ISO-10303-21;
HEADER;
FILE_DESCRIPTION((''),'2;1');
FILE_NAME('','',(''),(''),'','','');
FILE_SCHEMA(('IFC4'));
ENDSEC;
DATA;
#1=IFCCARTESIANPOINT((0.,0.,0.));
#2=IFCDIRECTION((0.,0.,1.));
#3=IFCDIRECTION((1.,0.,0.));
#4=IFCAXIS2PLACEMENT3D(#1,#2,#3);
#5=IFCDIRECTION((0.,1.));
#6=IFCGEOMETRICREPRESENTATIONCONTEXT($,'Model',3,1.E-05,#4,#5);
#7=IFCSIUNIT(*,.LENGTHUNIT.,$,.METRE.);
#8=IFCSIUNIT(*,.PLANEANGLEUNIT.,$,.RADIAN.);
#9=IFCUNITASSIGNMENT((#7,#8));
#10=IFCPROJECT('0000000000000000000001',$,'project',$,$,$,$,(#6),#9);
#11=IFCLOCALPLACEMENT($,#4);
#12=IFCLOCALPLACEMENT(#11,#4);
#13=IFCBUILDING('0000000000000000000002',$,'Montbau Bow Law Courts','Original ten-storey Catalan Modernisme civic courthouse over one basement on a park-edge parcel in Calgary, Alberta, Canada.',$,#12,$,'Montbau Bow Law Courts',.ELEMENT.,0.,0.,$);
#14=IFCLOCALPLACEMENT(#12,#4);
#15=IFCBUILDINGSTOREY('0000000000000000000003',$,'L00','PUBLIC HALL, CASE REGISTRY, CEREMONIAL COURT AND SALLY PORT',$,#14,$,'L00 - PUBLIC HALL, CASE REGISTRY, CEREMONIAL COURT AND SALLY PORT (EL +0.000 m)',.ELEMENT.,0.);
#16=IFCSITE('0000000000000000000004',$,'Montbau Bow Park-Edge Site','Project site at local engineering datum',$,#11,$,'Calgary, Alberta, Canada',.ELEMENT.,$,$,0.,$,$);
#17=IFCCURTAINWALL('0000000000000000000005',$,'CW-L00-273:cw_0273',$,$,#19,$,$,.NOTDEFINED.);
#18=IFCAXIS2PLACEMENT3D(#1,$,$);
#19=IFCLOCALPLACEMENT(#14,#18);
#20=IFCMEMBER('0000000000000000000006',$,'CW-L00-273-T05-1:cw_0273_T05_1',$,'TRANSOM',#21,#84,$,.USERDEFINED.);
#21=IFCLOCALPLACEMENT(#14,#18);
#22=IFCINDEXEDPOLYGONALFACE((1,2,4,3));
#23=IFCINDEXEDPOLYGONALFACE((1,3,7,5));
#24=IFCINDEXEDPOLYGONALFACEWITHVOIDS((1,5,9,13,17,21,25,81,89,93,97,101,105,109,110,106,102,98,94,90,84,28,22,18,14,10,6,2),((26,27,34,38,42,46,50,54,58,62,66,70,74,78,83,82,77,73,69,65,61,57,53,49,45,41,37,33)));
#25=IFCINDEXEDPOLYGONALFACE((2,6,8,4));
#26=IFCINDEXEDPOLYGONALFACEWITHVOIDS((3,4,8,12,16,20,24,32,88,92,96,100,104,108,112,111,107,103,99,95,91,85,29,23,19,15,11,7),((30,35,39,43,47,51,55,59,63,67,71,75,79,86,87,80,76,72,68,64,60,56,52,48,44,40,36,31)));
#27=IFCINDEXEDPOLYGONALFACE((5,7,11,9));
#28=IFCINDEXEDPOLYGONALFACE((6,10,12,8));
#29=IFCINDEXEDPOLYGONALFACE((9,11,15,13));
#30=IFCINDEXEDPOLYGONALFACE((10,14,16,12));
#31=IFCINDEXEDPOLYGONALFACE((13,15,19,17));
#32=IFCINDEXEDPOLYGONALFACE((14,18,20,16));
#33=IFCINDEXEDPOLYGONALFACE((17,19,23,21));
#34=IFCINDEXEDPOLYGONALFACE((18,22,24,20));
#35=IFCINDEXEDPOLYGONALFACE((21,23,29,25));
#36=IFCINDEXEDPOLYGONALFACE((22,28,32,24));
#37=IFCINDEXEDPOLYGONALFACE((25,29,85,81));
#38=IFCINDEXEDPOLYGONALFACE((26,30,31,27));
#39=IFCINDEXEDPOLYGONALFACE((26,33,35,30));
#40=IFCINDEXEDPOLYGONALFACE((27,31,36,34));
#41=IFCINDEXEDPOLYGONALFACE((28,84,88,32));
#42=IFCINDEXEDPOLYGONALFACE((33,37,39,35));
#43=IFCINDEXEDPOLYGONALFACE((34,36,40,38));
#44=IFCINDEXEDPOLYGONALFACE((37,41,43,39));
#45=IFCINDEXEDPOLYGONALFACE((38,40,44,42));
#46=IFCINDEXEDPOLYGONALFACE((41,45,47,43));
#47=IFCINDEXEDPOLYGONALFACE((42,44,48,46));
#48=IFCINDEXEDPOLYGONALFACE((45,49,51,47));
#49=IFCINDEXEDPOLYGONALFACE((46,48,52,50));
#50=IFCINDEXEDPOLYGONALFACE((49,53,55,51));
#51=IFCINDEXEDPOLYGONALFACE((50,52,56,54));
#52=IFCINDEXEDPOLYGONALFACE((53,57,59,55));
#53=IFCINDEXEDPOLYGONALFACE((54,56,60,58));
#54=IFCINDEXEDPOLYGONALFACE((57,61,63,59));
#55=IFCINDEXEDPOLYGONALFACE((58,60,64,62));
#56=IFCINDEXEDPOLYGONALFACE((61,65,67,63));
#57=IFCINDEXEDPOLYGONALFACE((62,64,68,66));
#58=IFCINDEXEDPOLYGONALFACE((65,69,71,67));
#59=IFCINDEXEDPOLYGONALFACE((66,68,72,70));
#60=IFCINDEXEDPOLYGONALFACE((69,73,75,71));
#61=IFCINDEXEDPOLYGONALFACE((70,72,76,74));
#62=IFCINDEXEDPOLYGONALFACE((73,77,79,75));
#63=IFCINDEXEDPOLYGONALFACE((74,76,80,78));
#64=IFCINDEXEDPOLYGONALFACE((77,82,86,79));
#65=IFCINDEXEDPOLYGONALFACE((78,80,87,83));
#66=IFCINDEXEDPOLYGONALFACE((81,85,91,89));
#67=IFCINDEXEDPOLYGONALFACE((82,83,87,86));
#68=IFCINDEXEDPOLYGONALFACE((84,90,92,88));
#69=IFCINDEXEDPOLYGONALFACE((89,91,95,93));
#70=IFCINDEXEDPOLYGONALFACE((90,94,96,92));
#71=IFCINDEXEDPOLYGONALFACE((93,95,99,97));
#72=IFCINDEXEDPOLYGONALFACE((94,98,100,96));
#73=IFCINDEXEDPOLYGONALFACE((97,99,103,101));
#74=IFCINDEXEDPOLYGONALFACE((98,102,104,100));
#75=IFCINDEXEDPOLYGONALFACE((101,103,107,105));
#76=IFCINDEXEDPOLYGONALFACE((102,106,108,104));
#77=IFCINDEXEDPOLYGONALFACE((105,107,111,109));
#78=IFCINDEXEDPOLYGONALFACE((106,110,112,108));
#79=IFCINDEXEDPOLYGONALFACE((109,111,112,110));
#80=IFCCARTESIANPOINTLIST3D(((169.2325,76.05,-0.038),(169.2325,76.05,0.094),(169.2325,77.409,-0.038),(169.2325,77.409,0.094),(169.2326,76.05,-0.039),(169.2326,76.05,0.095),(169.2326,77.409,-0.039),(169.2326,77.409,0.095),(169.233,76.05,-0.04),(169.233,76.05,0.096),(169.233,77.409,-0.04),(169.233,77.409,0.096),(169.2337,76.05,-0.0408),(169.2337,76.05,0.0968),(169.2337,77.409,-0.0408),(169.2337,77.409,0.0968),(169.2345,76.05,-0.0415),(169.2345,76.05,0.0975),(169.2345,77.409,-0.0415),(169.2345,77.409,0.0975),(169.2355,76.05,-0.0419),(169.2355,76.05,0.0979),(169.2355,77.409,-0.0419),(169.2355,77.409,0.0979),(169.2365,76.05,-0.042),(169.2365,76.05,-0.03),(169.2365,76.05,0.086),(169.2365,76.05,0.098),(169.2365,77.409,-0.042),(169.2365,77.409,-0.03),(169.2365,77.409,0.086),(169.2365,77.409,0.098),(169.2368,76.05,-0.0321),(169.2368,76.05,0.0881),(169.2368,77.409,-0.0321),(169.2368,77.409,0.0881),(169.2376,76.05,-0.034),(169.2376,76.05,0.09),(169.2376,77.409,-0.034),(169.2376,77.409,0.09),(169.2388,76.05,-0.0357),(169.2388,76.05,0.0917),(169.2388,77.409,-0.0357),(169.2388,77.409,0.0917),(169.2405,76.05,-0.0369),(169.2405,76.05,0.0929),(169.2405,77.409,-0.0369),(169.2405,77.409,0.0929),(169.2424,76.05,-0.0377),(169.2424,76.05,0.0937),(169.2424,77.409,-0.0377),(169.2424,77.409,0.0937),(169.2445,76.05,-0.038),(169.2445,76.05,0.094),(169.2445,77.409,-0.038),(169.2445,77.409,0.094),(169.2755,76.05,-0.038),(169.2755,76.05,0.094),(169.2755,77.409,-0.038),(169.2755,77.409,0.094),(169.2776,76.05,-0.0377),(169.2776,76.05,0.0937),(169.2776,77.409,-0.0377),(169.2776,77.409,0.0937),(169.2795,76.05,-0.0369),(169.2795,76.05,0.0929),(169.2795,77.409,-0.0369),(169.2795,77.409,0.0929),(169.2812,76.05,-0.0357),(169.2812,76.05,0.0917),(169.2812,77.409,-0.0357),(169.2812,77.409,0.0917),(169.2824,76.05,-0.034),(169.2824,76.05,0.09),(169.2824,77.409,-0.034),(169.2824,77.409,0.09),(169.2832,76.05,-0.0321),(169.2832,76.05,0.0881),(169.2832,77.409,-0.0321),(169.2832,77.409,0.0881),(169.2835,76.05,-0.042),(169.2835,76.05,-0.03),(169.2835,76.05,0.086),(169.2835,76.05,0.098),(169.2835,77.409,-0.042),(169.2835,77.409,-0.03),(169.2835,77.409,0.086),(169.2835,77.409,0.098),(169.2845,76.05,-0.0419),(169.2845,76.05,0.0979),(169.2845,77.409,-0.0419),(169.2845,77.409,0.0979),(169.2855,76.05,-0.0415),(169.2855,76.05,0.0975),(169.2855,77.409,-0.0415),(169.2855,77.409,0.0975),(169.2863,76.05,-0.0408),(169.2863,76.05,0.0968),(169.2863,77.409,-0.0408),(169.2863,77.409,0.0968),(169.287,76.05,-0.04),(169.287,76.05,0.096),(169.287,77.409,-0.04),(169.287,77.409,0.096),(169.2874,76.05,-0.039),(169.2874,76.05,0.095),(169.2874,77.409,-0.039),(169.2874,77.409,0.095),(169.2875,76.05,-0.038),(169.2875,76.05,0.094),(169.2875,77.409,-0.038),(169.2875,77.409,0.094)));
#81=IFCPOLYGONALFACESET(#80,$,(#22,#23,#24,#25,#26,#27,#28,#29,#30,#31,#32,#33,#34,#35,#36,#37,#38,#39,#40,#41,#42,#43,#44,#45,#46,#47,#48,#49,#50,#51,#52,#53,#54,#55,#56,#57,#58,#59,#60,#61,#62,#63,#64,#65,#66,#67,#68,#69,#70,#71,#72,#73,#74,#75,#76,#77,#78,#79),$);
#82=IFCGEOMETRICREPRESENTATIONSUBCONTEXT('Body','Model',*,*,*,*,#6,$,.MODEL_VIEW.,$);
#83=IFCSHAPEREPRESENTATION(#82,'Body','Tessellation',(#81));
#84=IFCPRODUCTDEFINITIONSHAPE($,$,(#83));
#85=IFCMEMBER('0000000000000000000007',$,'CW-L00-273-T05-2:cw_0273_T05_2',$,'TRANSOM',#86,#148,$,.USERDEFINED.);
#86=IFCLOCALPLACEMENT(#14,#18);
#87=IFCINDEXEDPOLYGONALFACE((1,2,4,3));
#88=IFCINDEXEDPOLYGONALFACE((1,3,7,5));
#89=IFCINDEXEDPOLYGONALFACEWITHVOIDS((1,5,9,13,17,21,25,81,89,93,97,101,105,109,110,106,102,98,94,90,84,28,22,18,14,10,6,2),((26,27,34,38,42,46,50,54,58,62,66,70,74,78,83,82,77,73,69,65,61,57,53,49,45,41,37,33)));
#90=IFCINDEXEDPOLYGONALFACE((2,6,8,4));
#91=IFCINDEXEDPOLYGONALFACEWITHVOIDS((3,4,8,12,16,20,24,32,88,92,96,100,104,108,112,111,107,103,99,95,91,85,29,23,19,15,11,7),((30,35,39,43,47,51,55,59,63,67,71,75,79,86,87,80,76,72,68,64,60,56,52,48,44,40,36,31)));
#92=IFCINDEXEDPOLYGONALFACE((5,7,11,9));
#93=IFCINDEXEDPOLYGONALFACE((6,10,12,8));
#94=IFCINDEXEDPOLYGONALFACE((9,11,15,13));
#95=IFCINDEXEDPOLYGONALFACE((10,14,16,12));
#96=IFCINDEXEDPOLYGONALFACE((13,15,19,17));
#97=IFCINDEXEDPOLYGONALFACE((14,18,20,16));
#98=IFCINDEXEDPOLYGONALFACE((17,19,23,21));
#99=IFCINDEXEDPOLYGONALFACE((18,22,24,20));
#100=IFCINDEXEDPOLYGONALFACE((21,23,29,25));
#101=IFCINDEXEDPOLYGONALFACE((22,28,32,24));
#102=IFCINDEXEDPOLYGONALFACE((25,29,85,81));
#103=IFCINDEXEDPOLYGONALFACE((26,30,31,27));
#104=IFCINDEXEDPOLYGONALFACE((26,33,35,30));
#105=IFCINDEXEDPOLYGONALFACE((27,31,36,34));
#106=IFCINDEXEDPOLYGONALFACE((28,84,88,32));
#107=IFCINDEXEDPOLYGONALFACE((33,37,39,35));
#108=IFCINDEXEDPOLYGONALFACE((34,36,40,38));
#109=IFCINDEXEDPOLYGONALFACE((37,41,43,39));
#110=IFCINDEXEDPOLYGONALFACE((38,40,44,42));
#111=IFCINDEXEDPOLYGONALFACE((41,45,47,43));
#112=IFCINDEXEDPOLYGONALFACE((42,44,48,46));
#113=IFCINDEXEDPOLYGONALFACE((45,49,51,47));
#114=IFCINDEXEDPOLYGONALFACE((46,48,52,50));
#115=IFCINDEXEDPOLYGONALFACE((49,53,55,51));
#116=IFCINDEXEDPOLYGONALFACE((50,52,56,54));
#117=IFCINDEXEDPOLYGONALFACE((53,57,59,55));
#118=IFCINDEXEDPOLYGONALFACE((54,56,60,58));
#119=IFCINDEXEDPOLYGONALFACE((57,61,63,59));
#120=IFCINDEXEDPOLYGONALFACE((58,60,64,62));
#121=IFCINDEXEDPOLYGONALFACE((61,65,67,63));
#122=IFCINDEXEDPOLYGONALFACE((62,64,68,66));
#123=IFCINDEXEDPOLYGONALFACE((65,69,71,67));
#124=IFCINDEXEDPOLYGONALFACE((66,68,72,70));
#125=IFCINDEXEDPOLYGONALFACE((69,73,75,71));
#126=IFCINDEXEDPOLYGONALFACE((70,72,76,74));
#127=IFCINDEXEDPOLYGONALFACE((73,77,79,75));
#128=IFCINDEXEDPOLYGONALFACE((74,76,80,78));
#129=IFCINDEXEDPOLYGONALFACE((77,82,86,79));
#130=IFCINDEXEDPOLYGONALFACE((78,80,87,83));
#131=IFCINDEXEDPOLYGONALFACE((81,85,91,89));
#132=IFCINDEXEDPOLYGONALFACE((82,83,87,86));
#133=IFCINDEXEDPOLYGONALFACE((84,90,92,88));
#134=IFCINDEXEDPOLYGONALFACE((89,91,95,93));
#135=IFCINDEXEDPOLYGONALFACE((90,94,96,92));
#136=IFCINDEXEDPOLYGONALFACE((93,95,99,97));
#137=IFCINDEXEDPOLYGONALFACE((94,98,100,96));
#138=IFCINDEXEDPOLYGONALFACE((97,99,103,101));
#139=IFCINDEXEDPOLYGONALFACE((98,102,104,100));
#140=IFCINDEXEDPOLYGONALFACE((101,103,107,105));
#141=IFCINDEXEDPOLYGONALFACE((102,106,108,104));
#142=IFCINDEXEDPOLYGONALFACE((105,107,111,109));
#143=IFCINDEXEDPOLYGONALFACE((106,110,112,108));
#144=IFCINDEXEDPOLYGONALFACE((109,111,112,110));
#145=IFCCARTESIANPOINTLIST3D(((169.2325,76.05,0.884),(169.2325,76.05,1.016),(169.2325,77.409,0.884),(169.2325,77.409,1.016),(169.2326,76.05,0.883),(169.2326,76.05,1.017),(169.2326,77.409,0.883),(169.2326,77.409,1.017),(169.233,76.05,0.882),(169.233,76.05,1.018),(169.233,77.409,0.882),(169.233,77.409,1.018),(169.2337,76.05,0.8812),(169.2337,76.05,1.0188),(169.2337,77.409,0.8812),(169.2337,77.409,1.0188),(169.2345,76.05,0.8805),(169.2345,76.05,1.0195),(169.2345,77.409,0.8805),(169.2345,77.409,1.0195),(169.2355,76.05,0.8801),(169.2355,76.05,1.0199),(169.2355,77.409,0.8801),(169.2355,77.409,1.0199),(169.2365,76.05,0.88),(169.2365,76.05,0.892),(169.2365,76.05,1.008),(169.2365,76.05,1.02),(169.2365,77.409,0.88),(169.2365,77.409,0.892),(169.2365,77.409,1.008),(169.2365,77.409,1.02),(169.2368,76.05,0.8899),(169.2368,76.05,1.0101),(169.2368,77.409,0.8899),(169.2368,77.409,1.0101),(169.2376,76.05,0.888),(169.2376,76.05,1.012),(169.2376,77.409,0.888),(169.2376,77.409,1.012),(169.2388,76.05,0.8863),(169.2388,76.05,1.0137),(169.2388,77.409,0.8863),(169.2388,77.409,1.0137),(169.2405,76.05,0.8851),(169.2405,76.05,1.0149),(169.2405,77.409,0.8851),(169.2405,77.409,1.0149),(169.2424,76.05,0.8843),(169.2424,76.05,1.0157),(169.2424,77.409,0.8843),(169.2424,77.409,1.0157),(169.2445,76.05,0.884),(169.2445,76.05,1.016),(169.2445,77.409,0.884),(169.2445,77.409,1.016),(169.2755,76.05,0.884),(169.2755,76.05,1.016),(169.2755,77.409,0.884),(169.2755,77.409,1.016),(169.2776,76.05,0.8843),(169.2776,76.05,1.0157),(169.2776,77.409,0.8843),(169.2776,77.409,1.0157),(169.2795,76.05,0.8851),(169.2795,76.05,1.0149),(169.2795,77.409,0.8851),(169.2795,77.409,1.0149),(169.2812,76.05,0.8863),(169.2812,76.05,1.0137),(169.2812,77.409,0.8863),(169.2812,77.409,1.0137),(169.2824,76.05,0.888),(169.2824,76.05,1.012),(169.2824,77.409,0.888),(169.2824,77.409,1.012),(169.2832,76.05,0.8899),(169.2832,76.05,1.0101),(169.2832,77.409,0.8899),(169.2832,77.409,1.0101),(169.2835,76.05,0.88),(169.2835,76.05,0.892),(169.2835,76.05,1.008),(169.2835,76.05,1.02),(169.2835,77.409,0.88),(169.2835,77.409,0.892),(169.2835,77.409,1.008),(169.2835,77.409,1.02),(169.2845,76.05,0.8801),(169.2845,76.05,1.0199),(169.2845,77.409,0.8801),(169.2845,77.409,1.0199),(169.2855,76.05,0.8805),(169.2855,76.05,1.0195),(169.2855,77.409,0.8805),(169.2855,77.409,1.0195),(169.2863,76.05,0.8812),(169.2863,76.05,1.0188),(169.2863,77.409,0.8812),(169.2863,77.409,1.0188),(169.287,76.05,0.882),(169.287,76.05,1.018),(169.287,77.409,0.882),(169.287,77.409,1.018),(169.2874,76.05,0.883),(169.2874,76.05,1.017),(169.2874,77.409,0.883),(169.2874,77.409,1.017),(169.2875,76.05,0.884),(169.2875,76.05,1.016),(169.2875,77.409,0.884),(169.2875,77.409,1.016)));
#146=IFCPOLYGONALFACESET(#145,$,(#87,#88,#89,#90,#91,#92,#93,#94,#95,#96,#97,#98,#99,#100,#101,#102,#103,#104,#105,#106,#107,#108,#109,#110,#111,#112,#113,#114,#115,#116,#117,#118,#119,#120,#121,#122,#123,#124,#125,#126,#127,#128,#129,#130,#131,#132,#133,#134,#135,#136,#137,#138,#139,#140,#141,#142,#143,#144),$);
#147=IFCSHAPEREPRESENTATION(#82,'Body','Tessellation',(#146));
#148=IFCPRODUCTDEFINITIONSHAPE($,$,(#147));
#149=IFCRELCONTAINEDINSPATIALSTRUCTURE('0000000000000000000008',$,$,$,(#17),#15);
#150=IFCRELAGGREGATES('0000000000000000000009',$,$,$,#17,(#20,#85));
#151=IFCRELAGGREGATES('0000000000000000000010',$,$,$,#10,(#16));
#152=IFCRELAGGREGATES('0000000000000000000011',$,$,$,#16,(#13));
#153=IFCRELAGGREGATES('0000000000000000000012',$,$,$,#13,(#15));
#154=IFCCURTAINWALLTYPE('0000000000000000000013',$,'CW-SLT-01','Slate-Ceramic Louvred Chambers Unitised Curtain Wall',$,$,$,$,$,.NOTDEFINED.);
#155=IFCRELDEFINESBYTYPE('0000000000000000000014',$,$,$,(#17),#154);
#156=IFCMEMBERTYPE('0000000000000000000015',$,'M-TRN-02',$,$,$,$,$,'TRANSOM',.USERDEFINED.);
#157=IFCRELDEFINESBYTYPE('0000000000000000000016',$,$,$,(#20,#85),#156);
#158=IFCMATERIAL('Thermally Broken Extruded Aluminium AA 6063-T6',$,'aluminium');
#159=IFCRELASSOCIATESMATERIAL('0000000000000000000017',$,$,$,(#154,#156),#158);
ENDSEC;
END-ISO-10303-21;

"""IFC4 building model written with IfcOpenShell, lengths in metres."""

from ifc_helpers import new_model, si_unit, direction, frame, origin_with_axes, origin_2d_with_axis, place, context, subcontext, project, spatial, hollow_rectangle, extrude, material, material_profile, profile_set, type_object, element, aggregate, save


model = new_model("IFC4")

# Units and contexts
model_context = context("Model", 3, precision=1e-05, world=origin_with_axes(), true_north=direction((0.0, 1.0)))
body_context = subcontext(model_context, "Body", "Model", "MODEL_VIEW")
ifc_project = project(units=[si_unit("LENGTHUNIT", "METRE"), si_unit("PLANEANGLEUNIT", "RADIAN")], contexts=[model_context])

# Site, building, storey
site_placement = place(None, origin_with_axes())
site = spatial("IfcSite", under=ifc_project, at=site_placement, Name="Montbau Bow Park-Edge Site", Description="Project site at local engineering datum", LongName="Calgary, Alberta, Canada", CompositionType="ELEMENT", RefElevation=0.0)
building_placement = place(site_placement, origin_with_axes())
building = spatial("IfcBuilding", under=site, at=building_placement, Name="Montbau Bow Law Courts", Description="Original ten-storey Catalan Modernisme civic courthouse over one basement on a park-edge parcel in Calgary, Alberta, Canada.", LongName="Montbau Bow Law Courts", CompositionType="ELEMENT", ElevationOfRefHeight=0.0, ElevationOfTerrain=0.0)
storey_placement = place(building_placement, origin_with_axes())
storey = spatial("IfcBuildingStorey", under=building, at=storey_placement, Name="L00", Description="PUBLIC HALL, CASE REGISTRY, CEREMONIAL COURT AND SALLY PORT", LongName="L00 - PUBLIC HALL, CASE REGISTRY, CEREMONIAL COURT AND SALLY PORT (EL +0.000 m)", CompositionType="ELEMENT", Elevation=0.0)

# Curtain wall, members
ifc_material_1 = material(Name="Thermally Broken Extruded Aluminium AA 6063-T6", Category="aluminium")
curtain_wall_type = type_object("IfcCurtainWallType", Name="CW-SLT-01", Description="Slate-Ceramic Louvred Chambers Unitised Curtain Wall", PredefinedType="NOTDEFINED", material=ifc_material_1)
curtain_wall_placement = place(None, frame((169.26, 70.115, 0.0), z_axis=(0.0, 0.0, 1.0), x_axis=(1.0, 0.0, 0.0)))
curtain_wall = element("IfcCurtainWall", 1, at=curtain_wall_placement, inside=storey, type_object=curtain_wall_type, Name="CW-L00-273:cw_0273", PredefinedType="NOTDEFINED")
ifc_material_profile_1 = material_profile(ifc_material_1, hollow_rectangle(XDim=0.055, YDim=0.14, WallThickness=0.004, InnerFilletRadius=0.008, OuterFilletRadius=0.004, at=origin_2d_with_axis()), Name="CWT-140X55", Category="Main", Priority=0)
ifc_profile_set_1 = profile_set([ifc_material_profile_1], Name="Thermally Broken Extruded Aluminium AA 6063-T6")
member_type_1 = type_object("IfcMemberType", Name="M-TRN-02", ElementType="TRANSOM", PredefinedType="USERDEFINED", material=ifc_profile_set_1)
member_1_placement = place(None, frame((169.26, 76.05, 0.028), z_axis=(0.0, 1.0, 0.0), x_axis=(-1.0, 0.0, 0.0)))
member_1 = element("IfcMember", 2, at=member_1_placement, type_object=member_type_1, Name="CW-L00-273-T05-1:cw_0273_T05_1", ObjectType="TRANSOM", PredefinedType="USERDEFINED", context=body_context, shape_type="SweptSolid", body=[
    extrude(hollow_rectangle(XDim=0.055, YDim=0.14, WallThickness=0.004, InnerFilletRadius=0.008, OuterFilletRadius=0.004, at=origin_2d_with_axis()), origin_with_axes(), (0.0, 0.0, 1.0), 1.359),
])
member_2_placement = place(None, frame((169.26, 76.05, 0.95), z_axis=(0.0, 1.0, 0.0), x_axis=(-1.0, 0.0, 0.0)))
member_2 = element("IfcMember", 3, at=member_2_placement, type_object=member_type_1, Name="CW-L00-273-T05-2:cw_0273_T05_2", ObjectType="TRANSOM", PredefinedType="USERDEFINED", context=body_context, shape_type="SweptSolid", body=[
    extrude(hollow_rectangle(XDim=0.055, YDim=0.14, WallThickness=0.004, InnerFilletRadius=0.008, OuterFilletRadius=0.004, at=origin_2d_with_axis()), origin_with_axes(), (0.0, 0.0, 1.0), 1.359),
])

aggregate(curtain_wall, [member_1, member_2])

save(model, "model.ifc")
